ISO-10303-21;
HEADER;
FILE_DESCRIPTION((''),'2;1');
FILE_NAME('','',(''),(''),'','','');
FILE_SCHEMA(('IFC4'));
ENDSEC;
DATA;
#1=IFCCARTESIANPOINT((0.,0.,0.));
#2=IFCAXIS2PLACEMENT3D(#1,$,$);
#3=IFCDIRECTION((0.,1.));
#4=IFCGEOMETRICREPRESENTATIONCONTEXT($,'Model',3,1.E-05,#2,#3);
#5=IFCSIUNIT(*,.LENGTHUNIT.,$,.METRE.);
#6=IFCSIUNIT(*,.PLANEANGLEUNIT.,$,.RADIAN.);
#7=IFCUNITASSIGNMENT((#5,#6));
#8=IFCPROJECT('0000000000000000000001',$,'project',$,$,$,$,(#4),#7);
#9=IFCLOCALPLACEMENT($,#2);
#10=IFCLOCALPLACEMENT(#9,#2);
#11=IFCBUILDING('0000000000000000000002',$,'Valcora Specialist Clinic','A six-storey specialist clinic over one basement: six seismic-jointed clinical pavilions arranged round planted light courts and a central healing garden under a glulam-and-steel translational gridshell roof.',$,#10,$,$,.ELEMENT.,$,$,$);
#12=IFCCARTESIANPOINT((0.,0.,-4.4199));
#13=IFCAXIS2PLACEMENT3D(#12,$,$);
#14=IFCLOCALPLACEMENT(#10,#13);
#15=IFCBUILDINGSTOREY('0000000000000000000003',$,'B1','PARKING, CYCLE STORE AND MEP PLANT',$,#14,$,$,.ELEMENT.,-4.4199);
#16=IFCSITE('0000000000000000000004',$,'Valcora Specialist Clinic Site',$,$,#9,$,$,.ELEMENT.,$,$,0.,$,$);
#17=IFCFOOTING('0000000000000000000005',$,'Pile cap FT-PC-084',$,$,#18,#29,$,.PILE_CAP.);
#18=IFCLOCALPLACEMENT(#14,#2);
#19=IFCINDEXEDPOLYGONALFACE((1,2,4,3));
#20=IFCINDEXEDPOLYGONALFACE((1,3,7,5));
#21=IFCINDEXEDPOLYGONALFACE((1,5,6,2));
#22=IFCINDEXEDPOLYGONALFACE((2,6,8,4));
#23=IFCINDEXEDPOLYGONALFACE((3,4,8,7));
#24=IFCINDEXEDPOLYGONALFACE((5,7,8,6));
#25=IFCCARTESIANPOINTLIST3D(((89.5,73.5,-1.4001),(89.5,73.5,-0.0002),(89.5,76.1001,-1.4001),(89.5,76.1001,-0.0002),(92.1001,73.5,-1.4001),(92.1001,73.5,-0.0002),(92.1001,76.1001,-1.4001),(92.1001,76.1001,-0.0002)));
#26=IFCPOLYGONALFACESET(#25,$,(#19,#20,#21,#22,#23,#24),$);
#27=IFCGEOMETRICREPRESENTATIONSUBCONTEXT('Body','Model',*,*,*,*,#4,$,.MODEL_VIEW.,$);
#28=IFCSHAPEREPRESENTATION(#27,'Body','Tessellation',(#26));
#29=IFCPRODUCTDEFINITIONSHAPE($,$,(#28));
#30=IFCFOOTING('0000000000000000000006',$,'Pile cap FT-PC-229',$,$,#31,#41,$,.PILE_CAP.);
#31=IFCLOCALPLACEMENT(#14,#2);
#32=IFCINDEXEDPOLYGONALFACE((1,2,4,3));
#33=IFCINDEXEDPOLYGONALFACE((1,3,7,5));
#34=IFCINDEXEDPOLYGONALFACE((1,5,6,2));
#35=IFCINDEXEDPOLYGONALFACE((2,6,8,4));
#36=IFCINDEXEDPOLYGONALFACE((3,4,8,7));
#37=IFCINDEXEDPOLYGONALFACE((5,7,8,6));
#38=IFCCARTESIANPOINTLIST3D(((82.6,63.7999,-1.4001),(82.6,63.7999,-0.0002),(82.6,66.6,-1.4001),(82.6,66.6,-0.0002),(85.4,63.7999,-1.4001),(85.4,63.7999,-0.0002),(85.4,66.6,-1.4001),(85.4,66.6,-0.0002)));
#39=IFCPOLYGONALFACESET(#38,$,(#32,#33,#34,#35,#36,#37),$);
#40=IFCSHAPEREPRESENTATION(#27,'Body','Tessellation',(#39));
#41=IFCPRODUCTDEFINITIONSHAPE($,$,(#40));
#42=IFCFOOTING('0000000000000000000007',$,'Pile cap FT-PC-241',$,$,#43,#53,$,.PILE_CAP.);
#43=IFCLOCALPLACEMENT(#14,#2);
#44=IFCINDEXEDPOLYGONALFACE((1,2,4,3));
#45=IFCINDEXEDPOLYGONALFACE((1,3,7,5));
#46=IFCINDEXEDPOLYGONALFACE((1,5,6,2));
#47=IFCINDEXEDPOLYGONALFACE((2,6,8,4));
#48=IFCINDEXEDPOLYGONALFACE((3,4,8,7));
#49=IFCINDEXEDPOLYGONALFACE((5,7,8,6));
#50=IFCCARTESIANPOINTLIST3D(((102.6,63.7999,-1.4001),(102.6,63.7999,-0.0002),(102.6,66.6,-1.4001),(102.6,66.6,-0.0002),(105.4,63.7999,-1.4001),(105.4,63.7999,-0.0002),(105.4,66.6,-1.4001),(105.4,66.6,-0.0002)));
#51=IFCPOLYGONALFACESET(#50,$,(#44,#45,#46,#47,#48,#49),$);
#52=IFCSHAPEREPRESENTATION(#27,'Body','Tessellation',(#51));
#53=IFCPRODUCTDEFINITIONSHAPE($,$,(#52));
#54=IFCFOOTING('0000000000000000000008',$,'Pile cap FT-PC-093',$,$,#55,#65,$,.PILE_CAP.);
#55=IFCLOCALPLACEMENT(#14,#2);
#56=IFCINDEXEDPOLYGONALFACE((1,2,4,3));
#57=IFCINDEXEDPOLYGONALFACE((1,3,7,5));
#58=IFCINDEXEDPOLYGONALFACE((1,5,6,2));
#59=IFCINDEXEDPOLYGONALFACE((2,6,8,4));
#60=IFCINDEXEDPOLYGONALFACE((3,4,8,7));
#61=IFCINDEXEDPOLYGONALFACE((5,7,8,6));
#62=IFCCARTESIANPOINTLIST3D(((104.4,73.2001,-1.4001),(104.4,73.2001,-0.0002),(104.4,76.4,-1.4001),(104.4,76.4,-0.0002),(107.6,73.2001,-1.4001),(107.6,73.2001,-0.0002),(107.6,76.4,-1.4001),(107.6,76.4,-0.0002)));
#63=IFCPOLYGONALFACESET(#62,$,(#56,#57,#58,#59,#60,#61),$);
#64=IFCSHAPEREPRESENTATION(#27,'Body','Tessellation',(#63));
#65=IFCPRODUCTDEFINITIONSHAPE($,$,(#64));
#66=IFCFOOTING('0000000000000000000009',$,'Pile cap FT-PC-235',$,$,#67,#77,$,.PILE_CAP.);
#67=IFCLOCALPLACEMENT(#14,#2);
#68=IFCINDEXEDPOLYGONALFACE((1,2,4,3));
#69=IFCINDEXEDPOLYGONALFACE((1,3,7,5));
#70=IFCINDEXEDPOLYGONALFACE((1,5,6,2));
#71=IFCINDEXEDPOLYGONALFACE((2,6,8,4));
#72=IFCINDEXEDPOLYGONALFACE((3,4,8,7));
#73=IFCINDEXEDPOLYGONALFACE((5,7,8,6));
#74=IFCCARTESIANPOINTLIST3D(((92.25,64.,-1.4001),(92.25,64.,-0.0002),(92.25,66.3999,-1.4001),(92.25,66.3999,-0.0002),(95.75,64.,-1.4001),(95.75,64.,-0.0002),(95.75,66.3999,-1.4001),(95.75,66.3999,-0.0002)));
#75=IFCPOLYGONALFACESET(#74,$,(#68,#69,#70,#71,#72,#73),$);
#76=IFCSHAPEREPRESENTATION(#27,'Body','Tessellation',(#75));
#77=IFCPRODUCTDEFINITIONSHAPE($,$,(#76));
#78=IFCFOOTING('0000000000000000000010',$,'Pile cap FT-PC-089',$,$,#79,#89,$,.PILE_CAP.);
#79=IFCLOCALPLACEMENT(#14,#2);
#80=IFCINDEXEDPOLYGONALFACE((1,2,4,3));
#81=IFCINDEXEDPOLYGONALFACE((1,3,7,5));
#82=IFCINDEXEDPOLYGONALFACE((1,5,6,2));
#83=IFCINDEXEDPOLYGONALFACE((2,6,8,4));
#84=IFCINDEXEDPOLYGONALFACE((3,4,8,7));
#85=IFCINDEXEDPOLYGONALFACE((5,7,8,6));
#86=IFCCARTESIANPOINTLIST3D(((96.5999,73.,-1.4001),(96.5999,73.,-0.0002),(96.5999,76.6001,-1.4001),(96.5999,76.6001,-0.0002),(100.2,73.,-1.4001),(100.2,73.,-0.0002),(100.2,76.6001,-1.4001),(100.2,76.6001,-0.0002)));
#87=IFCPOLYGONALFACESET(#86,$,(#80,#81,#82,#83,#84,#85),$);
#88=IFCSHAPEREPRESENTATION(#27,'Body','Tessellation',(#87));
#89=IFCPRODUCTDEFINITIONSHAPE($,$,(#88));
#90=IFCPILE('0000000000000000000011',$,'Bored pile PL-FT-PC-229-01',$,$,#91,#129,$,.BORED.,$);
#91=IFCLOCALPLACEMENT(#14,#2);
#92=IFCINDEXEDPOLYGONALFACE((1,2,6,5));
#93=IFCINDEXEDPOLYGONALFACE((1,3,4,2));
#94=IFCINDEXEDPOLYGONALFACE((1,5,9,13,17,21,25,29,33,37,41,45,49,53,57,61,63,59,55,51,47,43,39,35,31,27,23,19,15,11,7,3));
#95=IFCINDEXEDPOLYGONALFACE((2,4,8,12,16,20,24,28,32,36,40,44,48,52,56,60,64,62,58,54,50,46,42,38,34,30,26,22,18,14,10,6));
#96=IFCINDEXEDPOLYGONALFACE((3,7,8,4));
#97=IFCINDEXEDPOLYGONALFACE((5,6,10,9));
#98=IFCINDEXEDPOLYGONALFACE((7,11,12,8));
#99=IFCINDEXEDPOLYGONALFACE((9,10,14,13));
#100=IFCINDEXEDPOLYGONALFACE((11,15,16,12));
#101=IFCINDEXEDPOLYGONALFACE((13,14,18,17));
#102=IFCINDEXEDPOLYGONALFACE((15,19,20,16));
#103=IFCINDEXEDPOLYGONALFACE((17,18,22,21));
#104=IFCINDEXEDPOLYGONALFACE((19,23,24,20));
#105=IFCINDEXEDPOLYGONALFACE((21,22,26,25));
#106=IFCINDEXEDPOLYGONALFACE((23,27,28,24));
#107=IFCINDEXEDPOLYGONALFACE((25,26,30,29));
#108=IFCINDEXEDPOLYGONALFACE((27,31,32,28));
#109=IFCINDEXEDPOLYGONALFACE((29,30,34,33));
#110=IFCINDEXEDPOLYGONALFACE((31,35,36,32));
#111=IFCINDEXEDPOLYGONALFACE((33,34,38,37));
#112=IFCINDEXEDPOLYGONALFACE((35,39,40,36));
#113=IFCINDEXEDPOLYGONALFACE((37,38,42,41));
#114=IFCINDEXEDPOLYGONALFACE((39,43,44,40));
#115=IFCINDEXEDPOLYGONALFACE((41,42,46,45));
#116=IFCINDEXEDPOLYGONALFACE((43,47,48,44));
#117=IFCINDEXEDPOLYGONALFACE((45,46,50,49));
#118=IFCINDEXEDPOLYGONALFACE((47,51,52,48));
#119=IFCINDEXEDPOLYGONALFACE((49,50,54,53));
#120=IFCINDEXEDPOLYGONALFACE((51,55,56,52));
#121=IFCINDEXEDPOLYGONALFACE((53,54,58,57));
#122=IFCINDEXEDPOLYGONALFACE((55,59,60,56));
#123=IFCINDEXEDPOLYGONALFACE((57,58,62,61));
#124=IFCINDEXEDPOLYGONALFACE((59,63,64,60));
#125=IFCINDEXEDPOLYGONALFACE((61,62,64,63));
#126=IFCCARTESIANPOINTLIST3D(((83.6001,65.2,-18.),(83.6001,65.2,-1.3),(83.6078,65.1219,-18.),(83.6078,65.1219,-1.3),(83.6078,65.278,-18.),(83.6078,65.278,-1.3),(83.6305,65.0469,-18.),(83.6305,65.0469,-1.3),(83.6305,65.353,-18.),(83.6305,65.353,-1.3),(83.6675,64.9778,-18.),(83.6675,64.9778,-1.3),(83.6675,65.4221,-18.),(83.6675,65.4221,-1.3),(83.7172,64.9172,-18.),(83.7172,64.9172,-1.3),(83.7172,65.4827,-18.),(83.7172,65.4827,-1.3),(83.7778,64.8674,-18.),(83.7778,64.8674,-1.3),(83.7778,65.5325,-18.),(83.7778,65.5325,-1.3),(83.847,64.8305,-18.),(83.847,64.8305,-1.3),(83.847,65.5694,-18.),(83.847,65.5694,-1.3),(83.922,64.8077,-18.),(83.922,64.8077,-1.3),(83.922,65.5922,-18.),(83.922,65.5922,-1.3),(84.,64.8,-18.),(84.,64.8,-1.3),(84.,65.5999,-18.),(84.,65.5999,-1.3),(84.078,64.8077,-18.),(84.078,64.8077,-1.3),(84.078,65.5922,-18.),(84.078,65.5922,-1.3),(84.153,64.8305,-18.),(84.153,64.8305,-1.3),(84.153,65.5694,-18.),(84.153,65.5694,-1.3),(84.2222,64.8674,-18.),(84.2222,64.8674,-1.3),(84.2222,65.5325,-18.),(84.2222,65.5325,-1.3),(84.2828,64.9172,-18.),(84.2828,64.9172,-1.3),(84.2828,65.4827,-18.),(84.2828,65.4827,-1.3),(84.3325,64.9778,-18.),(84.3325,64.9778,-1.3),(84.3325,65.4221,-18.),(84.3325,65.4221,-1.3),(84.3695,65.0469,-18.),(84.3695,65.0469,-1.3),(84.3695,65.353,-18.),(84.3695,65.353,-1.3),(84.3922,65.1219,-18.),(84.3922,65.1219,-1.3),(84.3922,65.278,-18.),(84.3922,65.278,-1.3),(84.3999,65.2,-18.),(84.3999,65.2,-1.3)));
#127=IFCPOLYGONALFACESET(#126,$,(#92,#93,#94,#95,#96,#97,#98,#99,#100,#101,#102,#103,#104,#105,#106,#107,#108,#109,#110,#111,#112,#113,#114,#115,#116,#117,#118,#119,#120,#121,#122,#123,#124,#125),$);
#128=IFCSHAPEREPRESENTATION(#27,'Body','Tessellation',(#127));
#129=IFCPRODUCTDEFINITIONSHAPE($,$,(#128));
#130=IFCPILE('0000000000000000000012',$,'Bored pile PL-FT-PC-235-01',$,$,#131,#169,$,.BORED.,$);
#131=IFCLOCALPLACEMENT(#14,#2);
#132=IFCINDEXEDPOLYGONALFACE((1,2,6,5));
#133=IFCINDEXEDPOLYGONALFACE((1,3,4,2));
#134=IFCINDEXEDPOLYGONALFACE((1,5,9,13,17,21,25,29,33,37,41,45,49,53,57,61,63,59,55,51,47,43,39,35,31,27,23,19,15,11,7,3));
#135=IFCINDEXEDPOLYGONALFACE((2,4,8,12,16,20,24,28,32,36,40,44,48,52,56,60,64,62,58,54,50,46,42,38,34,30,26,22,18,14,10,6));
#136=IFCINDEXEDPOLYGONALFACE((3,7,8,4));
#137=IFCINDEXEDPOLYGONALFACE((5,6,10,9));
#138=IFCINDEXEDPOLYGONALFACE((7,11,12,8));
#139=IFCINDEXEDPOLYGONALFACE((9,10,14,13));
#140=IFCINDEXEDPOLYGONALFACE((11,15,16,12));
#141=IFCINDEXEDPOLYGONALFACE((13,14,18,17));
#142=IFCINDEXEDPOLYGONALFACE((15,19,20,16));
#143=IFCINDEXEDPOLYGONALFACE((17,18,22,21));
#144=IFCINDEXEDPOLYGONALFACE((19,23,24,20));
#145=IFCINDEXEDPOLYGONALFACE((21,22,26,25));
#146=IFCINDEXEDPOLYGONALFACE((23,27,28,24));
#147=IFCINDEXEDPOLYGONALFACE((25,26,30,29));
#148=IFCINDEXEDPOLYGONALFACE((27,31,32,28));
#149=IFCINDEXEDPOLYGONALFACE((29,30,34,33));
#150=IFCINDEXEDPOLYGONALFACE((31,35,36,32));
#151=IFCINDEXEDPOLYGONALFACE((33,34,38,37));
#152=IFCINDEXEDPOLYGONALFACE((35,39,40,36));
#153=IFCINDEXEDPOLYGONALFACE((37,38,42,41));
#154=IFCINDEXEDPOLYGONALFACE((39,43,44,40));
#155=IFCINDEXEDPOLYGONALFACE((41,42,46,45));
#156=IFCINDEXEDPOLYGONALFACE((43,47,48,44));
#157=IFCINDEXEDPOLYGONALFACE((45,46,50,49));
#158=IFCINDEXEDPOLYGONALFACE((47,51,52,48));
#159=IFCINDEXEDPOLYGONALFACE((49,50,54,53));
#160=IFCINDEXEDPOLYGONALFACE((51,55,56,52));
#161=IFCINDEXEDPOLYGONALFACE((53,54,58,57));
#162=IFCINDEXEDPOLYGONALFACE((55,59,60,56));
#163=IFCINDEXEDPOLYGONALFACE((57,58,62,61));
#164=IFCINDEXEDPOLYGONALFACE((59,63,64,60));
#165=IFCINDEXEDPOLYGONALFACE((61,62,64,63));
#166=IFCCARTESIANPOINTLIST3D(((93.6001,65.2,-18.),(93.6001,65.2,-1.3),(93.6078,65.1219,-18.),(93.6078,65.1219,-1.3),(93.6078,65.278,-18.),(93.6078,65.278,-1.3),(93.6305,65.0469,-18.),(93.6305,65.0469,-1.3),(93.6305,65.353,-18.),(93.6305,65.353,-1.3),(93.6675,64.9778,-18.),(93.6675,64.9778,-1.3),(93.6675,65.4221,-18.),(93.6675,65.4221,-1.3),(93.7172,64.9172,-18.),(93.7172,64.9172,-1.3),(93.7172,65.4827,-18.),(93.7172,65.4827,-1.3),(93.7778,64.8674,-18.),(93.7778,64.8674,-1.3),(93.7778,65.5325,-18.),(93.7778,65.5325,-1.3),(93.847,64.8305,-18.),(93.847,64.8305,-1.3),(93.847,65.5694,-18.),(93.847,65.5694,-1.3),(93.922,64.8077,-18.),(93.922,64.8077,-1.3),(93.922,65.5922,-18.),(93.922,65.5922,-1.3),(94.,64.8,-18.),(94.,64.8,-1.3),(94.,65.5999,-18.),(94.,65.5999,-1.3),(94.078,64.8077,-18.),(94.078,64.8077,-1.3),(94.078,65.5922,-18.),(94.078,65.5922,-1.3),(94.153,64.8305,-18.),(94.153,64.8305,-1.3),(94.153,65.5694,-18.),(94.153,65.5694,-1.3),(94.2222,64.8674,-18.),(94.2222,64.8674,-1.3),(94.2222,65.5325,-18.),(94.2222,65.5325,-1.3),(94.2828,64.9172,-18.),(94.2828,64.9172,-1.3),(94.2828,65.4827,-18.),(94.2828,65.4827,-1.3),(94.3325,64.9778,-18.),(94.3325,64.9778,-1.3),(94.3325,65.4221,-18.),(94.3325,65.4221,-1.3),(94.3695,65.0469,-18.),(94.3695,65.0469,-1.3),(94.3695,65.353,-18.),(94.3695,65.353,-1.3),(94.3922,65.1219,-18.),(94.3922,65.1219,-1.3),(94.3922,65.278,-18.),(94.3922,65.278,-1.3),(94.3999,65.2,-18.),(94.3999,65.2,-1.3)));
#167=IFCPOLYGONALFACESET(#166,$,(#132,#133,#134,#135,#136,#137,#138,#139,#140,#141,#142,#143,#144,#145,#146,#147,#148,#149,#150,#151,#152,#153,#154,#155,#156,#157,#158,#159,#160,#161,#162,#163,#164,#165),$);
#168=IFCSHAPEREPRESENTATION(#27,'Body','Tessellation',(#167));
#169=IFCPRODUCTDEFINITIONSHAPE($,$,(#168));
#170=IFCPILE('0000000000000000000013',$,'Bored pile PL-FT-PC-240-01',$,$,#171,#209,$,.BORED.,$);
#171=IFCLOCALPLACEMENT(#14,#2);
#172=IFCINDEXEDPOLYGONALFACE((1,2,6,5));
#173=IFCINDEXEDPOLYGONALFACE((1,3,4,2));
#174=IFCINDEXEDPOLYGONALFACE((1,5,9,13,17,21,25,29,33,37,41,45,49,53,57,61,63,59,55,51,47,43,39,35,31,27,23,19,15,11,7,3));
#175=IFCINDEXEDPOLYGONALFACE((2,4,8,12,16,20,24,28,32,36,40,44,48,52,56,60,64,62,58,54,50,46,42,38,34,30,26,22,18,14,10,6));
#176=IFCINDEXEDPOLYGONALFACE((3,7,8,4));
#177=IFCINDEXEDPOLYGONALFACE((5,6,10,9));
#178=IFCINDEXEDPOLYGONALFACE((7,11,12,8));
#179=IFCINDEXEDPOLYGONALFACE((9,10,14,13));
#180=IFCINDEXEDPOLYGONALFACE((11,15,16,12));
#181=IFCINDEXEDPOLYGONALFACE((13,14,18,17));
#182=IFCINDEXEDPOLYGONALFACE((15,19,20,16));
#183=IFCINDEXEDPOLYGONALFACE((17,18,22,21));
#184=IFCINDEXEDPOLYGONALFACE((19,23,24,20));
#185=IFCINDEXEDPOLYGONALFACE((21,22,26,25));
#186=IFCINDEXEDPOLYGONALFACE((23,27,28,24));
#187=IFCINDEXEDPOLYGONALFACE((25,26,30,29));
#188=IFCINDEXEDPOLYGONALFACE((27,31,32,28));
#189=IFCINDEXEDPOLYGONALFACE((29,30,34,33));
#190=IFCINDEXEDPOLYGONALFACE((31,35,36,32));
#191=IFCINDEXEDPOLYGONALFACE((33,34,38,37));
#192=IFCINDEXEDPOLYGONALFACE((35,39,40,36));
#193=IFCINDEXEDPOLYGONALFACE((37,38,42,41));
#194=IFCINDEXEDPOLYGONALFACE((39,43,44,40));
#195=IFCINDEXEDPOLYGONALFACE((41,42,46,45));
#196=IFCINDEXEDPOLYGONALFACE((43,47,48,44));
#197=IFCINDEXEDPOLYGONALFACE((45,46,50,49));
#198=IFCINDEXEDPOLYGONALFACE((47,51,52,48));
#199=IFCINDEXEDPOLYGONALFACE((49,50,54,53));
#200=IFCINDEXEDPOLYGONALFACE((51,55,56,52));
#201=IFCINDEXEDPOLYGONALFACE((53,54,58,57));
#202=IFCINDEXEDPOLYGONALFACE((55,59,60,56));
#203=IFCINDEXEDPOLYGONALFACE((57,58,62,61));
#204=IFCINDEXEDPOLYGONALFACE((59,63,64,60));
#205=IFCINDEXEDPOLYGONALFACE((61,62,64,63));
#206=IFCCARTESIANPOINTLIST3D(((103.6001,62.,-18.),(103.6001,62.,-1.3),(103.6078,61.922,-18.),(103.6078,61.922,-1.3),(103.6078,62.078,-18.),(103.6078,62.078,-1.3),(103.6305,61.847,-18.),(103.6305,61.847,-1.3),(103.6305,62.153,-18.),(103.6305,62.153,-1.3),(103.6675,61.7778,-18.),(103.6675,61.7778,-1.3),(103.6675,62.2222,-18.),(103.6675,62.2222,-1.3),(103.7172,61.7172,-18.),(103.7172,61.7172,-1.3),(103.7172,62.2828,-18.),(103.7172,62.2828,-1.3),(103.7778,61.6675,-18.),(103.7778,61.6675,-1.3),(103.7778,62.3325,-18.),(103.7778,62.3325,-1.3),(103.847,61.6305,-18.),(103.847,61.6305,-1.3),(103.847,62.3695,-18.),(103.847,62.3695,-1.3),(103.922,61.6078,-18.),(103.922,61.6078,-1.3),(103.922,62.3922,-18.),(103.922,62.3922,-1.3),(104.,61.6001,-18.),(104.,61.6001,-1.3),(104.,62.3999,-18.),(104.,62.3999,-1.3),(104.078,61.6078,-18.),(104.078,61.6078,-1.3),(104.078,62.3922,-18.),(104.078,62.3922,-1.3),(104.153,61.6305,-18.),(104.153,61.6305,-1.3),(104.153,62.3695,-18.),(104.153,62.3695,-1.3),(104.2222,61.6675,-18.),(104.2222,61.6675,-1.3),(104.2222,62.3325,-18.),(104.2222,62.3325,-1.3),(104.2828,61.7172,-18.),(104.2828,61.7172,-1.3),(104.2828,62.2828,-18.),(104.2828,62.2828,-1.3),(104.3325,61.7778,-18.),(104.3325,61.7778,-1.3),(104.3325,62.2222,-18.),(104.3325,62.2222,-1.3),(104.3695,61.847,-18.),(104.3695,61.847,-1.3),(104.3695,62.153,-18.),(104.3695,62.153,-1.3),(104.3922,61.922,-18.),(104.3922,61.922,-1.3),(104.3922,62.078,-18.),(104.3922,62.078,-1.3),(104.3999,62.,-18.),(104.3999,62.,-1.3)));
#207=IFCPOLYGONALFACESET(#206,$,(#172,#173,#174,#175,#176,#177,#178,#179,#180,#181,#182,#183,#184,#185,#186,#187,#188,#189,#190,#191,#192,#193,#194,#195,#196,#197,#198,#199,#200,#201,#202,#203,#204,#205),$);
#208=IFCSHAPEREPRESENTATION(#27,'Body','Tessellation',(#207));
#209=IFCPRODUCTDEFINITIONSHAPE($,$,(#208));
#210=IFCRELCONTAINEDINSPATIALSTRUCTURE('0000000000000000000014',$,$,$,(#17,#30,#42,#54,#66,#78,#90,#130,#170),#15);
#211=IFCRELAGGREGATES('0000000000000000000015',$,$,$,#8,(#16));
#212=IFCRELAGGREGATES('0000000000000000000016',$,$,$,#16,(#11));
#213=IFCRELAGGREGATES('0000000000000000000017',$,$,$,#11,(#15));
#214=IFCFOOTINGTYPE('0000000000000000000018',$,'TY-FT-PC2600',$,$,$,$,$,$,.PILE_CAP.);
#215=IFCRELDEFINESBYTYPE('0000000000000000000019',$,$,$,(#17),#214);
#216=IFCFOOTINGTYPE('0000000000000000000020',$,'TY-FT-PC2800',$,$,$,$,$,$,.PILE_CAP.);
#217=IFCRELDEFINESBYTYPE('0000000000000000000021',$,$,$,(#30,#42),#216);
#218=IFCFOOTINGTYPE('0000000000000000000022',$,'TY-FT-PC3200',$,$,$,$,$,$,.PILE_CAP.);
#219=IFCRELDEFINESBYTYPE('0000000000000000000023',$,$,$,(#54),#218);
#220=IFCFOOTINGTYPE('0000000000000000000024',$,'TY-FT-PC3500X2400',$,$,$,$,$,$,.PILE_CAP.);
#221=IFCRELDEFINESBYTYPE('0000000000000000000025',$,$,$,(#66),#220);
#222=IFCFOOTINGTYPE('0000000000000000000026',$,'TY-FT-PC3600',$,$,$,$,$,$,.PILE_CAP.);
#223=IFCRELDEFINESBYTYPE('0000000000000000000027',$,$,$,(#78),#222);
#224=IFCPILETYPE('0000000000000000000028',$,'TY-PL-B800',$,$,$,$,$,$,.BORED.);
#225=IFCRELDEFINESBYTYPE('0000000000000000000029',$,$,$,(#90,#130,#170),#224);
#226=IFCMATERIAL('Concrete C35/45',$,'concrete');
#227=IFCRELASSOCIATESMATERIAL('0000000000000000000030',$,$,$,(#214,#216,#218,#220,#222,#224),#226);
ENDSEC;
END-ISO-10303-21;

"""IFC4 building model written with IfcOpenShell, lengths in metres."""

from ifc_helpers import new_model, si_unit, direction, frame, origin, origin_2d, place, context, subcontext, project, spatial, rectangle, circle, extrude, material, material_profile, profile_set, type_object, element, save


model = new_model("IFC4")

# Units and contexts
model_context = context("Model", 3, precision=1e-05, world=origin(), true_north=direction((0.0, 1.0)))
body_context = subcontext(model_context, "Body", "Model", "MODEL_VIEW")
ifc_project = project(units=[si_unit("LENGTHUNIT", "METRE"), si_unit("PLANEANGLEUNIT", "RADIAN")], contexts=[model_context])

# Site, building, storey
site_placement = place(None, origin())
site = spatial("IfcSite", under=ifc_project, at=site_placement, Name="Valcora Specialist Clinic Site", CompositionType="ELEMENT", RefElevation=0.0)
building_placement = place(site_placement, origin())
building = spatial("IfcBuilding", under=site, at=building_placement, Name="Valcora Specialist Clinic", Description="A six-storey specialist clinic over one basement: six seismic-jointed clinical pavilions arranged round planted light courts and a central healing garden under a glulam-and-steel translational gridshell roof.", CompositionType="ELEMENT")
storey_placement = place(building_placement, frame((0.0, 0.0, -4.4199)))
storey = spatial("IfcBuildingStorey", under=building, at=storey_placement, Name="B1", Description="PARKING, CYCLE STORE AND MEP PLANT", CompositionType="ELEMENT", Elevation=-4.4199)

# Footings
ifc_material_1 = material(Name="Concrete C35/45", Category="concrete")
footing_type_1 = type_object("IfcFootingType", Name="TY-FT-PC2600", PredefinedType="PILE_CAP", material=ifc_material_1)
footing_1_placement = place(storey_placement, frame((90.8, 74.8, -1.4001), z_axis=(0.0, 0.0, 1.0), x_axis=(1.0, 0.0, 0.0)))
element("IfcFooting", 1, at=footing_1_placement, inside=storey, type_object=footing_type_1, Name="Pile cap FT-PC-084", PredefinedType="PILE_CAP", context=body_context, shape_type="SweptSolid", body=[
    extrude(rectangle(XDim=2.6001, YDim=2.6001, at=origin_2d()), origin(), (0.0, 0.0, 1.0), 1.3999),
])
footing_type_2 = type_object("IfcFootingType", Name="TY-FT-PC2800", PredefinedType="PILE_CAP", material=ifc_material_1)
for number, where, z_axis, x_axis, name in (
    (2, (84.0, 65.2, -1.4001), (0.0, 0.0, 1.0), (1.0, 0.0, 0.0), "Pile cap FT-PC-229"),
    (3, (104.0, 65.2, -1.4001), (0.0, 0.0, 1.0), (1.0, 0.0, 0.0), "Pile cap FT-PC-241"),
):
    element("IfcFooting", number, at=place(storey_placement, frame(where, z_axis=z_axis, x_axis=x_axis)), inside=storey, type_object=footing_type_2, Name=name, PredefinedType="PILE_CAP", context=body_context, shape_type="SweptSolid", body=[
        extrude(rectangle(XDim=2.8, YDim=2.8, at=origin_2d()), origin(), (0.0, 0.0, 1.0), 1.3999),
    ])
footing_type_3 = type_object("IfcFootingType", Name="TY-FT-PC3200", PredefinedType="PILE_CAP", material=ifc_material_1)
footing_2_placement = place(storey_placement, frame((106.0, 74.8, -1.4001), z_axis=(0.0, 0.0, 1.0), x_axis=(1.0, 0.0, 0.0)))
element("IfcFooting", 4, at=footing_2_placement, inside=storey, type_object=footing_type_3, Name="Pile cap FT-PC-093", PredefinedType="PILE_CAP", context=body_context, shape_type="SweptSolid", body=[
    extrude(rectangle(XDim=3.2, YDim=3.2, at=origin_2d()), origin(), (0.0, 0.0, 1.0), 1.3999),
])
footing_type_4 = type_object("IfcFootingType", Name="TY-FT-PC3500X2400", PredefinedType="PILE_CAP", material=ifc_material_1)
footing_3_placement = place(storey_placement, frame((94.0, 65.2, -1.4001), z_axis=(0.0, 0.0, 1.0), x_axis=(1.0, 0.0, 0.0)))
element("IfcFooting", 5, at=footing_3_placement, inside=storey, type_object=footing_type_4, Name="Pile cap FT-PC-235", PredefinedType="PILE_CAP", context=body_context, shape_type="SweptSolid", body=[
    extrude(rectangle(XDim=3.5, YDim=2.3999, at=origin_2d()), origin(), (0.0, 0.0, 1.0), 1.3999),
])
footing_type_5 = type_object("IfcFootingType", Name="TY-FT-PC3600", PredefinedType="PILE_CAP", material=ifc_material_1)
footing_4_placement = place(storey_placement, frame((98.3999, 74.8, -1.4001), z_axis=(0.0, 0.0, 1.0), x_axis=(1.0, 0.0, 0.0)))
element("IfcFooting", 6, at=footing_4_placement, inside=storey, type_object=footing_type_5, Name="Pile cap FT-PC-089", PredefinedType="PILE_CAP", context=body_context, shape_type="SweptSolid", body=[
    extrude(rectangle(XDim=3.6001, YDim=3.6001, at=origin_2d()), origin(), (0.0, 0.0, 1.0), 1.3999),
])

# Piles
ifc_material_profile_1 = material_profile(ifc_material_1, circle(Radius=0.3999, at=origin_2d()), Name="RC-PIL-D800")
ifc_profile_set_1 = profile_set([ifc_material_profile_1], Name="Concrete C35/45")
pile_type_1 = type_object("IfcPileType", Name="TY-PL-B800", PredefinedType="BORED", material=ifc_profile_set_1)
for number, where, z_axis, x_axis, name in (
    (7, (84.0, 65.2, -1.3), (0.0, 0.0, -1.0), (1.0, 0.0, 0.0), "Bored pile PL-FT-PC-229-01"),
    (8, (94.0, 65.2, -1.3), (0.0, 0.0, -1.0), (1.0, 0.0, 0.0), "Bored pile PL-FT-PC-235-01"),
    (9, (104.0, 62.0, -1.3), (0.0, 0.0, -1.0), (1.0, 0.0, 0.0), "Bored pile PL-FT-PC-240-01"),
):
    element("IfcPile", number, at=place(storey_placement, frame(where, z_axis=z_axis, x_axis=x_axis)), inside=storey, type_object=pile_type_1, Name=name, PredefinedType="BORED", context=body_context, shape_type="SweptSolid", body=[
        extrude(circle(Radius=0.3999, at=origin_2d()), origin(), (0.0, 0.0, 1.0), 16.7),
    ])

save(model, "model.ifc")
